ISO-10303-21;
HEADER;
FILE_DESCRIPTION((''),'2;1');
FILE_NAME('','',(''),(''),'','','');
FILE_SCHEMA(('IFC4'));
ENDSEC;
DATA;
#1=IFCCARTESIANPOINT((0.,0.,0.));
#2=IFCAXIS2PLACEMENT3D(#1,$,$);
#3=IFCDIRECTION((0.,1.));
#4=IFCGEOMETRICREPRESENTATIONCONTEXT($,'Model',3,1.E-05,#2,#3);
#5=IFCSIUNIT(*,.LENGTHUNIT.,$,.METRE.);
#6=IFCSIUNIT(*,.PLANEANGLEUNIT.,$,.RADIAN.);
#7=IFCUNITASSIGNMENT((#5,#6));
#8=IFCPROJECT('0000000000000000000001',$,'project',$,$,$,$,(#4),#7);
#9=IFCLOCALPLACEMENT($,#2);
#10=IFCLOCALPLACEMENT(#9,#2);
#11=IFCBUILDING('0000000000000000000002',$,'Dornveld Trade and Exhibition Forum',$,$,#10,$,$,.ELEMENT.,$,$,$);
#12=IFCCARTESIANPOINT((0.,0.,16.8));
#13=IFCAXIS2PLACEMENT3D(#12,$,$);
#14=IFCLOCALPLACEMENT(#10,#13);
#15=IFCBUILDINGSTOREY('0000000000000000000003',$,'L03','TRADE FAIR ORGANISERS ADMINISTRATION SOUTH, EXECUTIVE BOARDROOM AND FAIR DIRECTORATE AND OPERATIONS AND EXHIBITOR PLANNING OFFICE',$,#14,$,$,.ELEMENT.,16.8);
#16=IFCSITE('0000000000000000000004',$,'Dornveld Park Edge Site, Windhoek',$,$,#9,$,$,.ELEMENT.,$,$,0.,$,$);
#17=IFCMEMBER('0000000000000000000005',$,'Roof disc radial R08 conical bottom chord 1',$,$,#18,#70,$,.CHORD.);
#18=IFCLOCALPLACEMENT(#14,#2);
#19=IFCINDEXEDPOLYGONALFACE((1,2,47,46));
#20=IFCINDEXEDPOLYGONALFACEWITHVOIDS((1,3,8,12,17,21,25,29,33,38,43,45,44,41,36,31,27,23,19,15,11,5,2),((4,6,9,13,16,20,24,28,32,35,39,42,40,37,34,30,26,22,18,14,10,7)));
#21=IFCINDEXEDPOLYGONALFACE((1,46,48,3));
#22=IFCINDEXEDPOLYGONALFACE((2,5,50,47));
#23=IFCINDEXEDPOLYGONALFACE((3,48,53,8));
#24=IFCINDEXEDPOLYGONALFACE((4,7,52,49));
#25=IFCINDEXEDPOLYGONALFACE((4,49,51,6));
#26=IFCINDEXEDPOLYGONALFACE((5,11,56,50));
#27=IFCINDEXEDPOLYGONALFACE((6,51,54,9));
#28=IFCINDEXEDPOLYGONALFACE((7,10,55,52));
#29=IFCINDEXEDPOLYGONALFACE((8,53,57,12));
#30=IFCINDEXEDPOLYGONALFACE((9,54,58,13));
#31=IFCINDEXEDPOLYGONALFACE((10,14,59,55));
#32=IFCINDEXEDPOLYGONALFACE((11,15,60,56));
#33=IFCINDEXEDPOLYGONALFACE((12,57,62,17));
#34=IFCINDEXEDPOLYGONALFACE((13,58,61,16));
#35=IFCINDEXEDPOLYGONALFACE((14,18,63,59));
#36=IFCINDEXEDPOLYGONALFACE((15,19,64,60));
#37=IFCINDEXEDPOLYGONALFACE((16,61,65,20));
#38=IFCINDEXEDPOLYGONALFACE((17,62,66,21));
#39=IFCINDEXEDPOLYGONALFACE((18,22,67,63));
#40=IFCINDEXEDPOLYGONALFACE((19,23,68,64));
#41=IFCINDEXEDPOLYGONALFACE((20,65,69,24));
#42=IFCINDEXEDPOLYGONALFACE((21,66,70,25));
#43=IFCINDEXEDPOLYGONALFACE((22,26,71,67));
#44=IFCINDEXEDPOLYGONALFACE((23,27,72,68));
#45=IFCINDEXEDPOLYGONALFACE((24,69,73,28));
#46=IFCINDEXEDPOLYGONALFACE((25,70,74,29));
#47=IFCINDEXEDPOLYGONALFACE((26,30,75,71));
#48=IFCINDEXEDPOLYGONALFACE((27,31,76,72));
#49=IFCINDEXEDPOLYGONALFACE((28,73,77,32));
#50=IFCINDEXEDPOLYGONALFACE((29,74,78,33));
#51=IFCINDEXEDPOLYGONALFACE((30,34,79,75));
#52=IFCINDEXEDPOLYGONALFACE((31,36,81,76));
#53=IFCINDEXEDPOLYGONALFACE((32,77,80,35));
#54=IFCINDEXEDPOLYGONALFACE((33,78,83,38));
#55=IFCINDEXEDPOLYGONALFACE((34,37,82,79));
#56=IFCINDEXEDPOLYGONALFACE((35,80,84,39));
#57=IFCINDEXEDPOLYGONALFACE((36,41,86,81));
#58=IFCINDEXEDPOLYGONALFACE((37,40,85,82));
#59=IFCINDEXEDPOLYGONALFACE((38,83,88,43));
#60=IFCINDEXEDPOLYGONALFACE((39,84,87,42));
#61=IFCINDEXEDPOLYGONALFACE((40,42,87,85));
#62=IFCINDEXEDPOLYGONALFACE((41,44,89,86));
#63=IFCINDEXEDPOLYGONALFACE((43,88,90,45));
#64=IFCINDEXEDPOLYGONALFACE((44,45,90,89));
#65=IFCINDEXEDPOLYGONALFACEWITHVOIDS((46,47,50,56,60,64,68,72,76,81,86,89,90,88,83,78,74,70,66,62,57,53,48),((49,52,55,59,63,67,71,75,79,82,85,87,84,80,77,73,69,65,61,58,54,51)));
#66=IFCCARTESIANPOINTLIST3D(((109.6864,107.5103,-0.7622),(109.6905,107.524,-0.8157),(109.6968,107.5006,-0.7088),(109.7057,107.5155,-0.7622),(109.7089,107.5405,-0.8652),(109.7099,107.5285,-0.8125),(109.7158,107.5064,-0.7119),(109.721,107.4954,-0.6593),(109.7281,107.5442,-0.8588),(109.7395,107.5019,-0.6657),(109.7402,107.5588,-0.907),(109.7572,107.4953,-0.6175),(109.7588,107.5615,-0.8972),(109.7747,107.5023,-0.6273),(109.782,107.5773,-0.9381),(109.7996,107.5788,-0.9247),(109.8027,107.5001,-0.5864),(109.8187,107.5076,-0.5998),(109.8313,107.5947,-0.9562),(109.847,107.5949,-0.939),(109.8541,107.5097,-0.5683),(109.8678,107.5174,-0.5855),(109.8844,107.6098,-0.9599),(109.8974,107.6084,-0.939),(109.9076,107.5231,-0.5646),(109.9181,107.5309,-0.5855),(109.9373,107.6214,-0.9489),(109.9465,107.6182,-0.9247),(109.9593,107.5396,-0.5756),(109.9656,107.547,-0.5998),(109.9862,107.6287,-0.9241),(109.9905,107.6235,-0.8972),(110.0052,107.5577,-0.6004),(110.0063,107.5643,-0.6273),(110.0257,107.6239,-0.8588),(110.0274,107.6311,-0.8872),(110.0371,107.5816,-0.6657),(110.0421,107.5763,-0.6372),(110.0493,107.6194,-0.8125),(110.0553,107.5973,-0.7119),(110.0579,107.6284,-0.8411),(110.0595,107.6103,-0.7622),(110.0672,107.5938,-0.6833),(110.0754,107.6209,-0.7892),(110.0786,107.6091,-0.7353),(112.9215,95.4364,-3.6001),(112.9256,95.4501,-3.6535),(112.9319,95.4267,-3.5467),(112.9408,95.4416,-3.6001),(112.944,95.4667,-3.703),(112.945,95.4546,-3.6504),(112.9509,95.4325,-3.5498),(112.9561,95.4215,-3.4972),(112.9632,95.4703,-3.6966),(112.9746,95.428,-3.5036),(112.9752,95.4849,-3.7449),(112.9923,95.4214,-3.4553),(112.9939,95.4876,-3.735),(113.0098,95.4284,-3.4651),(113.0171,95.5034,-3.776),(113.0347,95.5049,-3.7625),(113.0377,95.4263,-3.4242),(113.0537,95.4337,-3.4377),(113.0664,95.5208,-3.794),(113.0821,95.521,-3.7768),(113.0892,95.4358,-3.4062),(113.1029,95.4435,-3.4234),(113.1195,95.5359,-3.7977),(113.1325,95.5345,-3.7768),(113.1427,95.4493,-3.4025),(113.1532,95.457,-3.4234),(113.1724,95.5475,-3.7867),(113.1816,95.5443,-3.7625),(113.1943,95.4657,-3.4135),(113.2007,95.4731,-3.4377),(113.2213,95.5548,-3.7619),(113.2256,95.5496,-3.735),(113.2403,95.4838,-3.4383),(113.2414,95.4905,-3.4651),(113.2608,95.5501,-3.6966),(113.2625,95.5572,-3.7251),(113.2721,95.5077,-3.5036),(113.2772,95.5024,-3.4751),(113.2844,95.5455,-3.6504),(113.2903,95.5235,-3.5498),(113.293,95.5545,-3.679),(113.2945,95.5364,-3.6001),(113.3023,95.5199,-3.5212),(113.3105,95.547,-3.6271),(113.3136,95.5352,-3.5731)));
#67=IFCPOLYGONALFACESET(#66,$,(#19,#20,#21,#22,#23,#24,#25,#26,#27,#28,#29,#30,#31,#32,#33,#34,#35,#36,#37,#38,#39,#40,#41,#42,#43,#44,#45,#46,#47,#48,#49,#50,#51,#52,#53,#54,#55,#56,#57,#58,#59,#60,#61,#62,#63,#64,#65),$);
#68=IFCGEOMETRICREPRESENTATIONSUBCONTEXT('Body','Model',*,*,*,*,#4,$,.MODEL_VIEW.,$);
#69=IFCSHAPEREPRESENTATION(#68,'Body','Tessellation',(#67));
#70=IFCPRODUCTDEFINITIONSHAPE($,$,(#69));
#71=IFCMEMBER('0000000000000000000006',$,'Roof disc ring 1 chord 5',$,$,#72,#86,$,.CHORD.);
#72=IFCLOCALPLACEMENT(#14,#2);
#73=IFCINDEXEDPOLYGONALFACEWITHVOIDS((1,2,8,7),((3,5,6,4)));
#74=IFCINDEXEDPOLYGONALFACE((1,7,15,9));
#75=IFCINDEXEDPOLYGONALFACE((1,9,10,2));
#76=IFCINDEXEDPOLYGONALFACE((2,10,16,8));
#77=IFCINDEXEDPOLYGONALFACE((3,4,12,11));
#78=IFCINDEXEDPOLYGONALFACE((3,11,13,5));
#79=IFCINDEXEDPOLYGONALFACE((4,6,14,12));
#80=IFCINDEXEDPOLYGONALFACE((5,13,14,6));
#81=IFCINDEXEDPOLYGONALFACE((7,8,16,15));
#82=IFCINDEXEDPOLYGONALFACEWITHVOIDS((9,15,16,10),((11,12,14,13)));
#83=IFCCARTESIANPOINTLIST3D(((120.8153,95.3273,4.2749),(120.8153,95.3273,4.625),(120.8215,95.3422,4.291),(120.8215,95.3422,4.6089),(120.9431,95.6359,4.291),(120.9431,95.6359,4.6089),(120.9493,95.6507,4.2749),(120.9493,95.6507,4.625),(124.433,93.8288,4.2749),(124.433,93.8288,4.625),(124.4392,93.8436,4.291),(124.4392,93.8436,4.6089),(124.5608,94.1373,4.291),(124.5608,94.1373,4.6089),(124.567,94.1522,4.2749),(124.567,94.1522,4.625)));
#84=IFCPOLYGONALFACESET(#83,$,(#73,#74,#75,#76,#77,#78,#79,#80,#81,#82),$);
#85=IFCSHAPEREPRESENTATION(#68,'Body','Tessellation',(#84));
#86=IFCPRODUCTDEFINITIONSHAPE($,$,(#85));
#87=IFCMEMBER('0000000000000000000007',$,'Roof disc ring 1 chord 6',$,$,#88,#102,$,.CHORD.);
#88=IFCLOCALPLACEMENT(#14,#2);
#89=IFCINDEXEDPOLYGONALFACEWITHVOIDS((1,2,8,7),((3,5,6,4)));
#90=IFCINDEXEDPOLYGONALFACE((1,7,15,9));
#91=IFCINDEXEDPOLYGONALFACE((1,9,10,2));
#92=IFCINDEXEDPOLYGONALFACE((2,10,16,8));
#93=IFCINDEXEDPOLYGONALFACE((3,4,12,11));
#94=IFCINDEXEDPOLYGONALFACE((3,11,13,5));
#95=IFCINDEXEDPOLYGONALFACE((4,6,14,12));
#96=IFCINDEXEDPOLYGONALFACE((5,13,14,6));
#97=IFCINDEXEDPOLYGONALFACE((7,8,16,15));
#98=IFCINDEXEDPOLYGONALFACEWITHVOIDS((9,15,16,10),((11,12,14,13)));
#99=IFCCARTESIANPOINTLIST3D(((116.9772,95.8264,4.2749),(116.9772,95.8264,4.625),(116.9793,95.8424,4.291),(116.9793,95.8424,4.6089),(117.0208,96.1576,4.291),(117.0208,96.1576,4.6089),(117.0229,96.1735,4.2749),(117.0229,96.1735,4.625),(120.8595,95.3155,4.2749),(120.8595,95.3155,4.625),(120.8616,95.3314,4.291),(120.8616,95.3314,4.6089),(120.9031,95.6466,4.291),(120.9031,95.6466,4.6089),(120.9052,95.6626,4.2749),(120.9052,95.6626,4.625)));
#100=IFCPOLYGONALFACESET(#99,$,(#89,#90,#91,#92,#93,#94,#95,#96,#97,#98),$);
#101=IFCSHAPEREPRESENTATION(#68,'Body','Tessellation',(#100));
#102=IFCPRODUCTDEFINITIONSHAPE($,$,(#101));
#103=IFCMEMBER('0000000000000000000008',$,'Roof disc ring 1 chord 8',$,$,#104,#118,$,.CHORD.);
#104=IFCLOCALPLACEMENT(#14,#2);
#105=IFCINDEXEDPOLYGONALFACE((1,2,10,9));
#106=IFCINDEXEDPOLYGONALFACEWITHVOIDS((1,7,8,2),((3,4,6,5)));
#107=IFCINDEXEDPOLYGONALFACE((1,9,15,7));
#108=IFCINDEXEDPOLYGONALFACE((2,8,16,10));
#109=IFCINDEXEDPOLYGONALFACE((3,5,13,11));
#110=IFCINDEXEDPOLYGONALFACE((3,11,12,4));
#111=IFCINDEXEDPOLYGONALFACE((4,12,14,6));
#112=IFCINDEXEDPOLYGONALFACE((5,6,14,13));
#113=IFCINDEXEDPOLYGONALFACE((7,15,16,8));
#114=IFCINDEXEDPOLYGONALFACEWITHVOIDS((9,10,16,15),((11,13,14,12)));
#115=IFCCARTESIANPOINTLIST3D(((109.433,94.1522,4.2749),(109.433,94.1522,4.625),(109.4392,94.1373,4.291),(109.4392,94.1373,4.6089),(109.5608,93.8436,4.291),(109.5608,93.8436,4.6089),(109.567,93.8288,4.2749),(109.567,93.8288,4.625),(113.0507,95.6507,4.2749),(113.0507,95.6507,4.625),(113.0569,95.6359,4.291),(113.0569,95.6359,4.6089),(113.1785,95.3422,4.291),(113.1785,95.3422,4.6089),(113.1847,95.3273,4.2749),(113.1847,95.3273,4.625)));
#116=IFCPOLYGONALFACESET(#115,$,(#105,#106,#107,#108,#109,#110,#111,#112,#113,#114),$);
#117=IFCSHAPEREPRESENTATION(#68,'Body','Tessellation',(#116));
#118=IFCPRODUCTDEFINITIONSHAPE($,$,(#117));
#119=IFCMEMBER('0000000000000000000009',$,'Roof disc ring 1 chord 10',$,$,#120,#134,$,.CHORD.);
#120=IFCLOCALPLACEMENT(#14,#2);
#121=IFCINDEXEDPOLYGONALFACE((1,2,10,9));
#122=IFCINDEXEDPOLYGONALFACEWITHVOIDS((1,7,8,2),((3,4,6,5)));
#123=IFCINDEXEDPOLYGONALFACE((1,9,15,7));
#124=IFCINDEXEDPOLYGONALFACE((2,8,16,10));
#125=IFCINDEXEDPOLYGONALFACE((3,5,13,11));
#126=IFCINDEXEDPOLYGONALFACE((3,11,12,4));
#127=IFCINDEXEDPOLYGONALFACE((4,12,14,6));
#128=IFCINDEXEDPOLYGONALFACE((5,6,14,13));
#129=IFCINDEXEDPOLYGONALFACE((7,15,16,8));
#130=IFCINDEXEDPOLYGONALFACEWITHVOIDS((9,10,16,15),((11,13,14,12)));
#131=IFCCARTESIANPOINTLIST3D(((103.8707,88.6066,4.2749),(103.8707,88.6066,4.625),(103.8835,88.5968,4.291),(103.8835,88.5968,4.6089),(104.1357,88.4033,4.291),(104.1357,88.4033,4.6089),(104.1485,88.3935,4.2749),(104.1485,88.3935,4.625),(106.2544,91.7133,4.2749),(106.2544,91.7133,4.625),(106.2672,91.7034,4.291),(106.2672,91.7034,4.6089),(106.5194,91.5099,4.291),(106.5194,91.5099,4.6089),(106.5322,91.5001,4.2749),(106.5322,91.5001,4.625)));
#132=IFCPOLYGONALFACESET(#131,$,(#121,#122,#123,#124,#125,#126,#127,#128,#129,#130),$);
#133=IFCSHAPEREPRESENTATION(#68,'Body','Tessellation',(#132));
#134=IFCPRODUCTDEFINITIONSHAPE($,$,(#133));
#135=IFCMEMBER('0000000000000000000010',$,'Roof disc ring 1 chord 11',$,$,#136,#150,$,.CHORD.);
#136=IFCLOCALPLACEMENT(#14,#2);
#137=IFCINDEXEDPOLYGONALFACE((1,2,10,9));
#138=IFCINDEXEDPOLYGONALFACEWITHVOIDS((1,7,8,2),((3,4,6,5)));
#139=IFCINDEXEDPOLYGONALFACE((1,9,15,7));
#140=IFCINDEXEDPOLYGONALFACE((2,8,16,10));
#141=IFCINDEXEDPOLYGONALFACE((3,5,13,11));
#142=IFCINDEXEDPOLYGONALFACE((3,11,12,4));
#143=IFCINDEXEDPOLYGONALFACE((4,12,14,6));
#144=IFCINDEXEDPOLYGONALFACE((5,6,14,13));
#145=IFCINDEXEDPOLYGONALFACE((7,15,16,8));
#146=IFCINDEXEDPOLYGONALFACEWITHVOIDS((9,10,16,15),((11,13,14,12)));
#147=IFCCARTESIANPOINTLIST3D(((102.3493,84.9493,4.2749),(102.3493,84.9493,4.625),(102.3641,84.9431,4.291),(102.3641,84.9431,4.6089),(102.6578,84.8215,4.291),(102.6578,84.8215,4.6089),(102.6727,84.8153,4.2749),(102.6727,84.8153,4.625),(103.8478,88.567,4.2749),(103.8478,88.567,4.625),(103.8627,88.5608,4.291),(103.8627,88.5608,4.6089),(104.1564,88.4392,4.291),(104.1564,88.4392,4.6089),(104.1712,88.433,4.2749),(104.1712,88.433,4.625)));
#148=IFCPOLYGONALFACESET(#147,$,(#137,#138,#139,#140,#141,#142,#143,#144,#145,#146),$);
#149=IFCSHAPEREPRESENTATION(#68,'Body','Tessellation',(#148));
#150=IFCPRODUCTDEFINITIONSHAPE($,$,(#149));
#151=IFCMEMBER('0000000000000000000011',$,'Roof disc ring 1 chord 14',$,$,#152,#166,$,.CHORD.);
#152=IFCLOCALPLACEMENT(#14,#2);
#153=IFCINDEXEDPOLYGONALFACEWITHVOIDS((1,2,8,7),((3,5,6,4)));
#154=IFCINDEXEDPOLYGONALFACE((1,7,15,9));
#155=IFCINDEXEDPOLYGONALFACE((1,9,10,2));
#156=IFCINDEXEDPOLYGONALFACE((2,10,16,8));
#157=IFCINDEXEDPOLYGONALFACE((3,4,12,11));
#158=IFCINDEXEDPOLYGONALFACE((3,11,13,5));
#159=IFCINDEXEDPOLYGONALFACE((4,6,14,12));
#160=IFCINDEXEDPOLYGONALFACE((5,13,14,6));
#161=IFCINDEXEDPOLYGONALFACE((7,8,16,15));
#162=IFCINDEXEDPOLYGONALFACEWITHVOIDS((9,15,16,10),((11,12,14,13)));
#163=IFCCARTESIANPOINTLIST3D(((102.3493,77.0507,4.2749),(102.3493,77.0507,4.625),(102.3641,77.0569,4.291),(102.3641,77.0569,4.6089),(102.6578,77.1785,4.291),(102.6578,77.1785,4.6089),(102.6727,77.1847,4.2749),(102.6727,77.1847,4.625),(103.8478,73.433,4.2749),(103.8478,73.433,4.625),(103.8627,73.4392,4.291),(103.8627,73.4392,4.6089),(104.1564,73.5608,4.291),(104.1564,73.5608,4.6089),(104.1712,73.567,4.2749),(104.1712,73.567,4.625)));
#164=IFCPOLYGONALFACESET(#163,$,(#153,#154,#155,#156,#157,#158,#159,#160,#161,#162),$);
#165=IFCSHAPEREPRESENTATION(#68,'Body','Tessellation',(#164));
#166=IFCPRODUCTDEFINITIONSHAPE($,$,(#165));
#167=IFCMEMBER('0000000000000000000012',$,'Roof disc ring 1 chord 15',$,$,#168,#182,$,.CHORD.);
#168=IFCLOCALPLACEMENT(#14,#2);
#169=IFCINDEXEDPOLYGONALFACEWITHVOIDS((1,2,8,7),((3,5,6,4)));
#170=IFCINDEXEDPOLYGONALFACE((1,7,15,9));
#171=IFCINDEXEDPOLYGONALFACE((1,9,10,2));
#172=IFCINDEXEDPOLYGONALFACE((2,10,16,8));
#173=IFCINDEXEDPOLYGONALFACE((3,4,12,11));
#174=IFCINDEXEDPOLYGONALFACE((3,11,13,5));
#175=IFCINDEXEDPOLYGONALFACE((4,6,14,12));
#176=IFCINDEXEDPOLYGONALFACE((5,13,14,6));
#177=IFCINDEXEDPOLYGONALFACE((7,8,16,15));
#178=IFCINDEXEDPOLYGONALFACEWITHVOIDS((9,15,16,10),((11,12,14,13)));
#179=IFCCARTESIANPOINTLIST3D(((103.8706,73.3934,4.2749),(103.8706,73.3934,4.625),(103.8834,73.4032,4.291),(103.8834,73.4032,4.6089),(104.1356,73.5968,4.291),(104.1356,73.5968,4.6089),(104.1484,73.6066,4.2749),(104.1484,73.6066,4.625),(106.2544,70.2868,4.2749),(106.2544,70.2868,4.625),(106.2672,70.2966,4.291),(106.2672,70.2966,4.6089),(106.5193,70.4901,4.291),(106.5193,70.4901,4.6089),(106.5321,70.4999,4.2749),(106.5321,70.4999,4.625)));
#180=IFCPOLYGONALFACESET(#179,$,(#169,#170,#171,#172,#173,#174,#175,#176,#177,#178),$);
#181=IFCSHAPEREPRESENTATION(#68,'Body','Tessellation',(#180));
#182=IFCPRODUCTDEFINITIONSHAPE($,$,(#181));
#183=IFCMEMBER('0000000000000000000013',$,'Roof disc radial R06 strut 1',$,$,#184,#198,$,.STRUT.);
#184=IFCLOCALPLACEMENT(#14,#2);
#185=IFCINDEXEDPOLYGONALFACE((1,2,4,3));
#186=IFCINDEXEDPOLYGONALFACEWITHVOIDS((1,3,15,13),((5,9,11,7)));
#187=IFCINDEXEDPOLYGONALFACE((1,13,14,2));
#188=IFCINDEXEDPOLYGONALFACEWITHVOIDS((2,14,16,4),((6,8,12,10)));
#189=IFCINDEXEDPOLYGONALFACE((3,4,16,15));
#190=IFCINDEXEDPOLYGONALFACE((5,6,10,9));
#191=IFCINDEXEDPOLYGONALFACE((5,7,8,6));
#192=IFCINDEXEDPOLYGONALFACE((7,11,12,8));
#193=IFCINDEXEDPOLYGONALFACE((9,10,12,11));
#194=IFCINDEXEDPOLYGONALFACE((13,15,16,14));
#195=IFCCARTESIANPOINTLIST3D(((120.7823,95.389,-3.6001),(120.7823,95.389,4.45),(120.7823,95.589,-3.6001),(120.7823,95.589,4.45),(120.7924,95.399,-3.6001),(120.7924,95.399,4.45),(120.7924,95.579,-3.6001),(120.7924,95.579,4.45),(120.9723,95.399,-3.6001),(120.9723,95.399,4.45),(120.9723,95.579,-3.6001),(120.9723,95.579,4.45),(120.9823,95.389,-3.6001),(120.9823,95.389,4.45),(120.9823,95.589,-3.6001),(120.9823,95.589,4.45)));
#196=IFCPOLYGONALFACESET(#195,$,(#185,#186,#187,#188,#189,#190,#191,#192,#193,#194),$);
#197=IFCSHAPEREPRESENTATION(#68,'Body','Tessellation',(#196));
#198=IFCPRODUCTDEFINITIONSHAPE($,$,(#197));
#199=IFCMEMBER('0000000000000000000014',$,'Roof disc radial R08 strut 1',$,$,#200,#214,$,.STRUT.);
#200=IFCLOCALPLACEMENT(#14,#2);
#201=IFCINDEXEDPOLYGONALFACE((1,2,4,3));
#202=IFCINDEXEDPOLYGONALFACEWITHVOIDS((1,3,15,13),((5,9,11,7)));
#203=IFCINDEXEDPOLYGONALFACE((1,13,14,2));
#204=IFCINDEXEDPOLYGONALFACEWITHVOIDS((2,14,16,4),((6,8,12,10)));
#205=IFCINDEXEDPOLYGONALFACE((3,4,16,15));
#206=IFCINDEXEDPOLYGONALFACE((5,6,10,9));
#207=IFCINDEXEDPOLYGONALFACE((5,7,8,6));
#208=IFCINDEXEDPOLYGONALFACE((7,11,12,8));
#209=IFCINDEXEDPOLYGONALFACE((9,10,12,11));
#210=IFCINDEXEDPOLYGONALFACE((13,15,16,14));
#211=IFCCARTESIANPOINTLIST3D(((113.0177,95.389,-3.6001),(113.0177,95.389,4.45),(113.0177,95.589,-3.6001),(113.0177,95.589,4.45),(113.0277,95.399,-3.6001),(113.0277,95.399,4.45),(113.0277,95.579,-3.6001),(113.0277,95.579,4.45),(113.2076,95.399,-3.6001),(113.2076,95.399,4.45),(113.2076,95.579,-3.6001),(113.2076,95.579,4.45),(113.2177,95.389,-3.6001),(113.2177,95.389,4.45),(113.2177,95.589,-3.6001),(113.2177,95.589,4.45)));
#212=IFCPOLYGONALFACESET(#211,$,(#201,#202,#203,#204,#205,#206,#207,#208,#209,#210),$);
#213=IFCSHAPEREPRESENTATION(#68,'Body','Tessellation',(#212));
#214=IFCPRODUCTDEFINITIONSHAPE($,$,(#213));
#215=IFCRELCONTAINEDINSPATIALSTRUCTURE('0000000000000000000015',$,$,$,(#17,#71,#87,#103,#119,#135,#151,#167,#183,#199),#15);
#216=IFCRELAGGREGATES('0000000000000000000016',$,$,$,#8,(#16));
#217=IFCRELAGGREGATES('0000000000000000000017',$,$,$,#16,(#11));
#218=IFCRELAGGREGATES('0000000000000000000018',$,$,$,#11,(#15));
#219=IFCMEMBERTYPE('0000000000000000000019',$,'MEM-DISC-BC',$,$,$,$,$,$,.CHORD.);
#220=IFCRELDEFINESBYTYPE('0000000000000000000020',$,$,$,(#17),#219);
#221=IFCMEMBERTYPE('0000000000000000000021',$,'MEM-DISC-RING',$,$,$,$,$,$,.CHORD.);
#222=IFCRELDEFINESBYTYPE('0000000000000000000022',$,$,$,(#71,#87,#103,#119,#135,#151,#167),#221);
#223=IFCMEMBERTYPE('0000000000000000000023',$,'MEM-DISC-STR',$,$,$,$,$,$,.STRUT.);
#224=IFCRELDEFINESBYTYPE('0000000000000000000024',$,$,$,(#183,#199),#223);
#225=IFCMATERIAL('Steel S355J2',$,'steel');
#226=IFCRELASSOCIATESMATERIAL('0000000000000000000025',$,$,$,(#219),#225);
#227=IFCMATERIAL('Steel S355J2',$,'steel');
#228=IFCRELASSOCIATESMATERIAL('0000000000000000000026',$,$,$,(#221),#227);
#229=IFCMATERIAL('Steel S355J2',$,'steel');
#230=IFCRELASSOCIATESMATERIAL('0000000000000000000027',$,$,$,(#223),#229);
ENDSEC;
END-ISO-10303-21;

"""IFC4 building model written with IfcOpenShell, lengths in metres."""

from ifc_helpers import new_model, si_unit, direction, frame, origin, origin_2d, place, context, subcontext, project, spatial, hollow_rectangle, hollow_circle, extrude, material, material_profile, profile_set, type_object, element, save


model = new_model("IFC4")

# Units and contexts
model_context = context("Model", 3, precision=1e-05, world=origin(), true_north=direction((0.0, 1.0)))
body_context = subcontext(model_context, "Body", "Model", "MODEL_VIEW")
ifc_project = project(units=[si_unit("LENGTHUNIT", "METRE"), si_unit("PLANEANGLEUNIT", "RADIAN")], contexts=[model_context])

# Site, building, storey
site_placement = place(None, origin())
site = spatial("IfcSite", under=ifc_project, at=site_placement, Name="Dornveld Park Edge Site, Windhoek", CompositionType="ELEMENT", RefElevation=0.0)
building_placement = place(site_placement, origin())
building = spatial("IfcBuilding", under=site, at=building_placement, Name="Dornveld Trade and Exhibition Forum", CompositionType="ELEMENT")
storey_placement = place(building_placement, frame((0.0, 0.0, 16.8)))
storey = spatial("IfcBuildingStorey", under=building, at=storey_placement, Name="L03", Description="TRADE FAIR ORGANISERS ADMINISTRATION SOUTH, EXECUTIVE BOARDROOM AND FAIR DIRECTORATE AND OPERATIONS AND EXHIBITOR PLANNING OFFICE", CompositionType="ELEMENT", Elevation=16.8)

# Members
ifc_material_1 = material(Name="Steel S355J2", Category="steel")
ifc_material_profile_1 = material_profile(ifc_material_1, hollow_circle(Radius=0.2031, WallThickness=0.02, at=origin_2d()), Name="CHS 406.4x20")
ifc_profile_set_1 = profile_set([ifc_material_profile_1], Name="Steel S355J2")
member_type_1 = type_object("IfcMemberType", Name="MEM-DISC-BC", PredefinedType="CHORD", material=ifc_profile_set_1)
for number, where, z_axis, x_axis, name in (
    (1, (113.1177, 95.489, -3.6001), (-0.252388, 0.941957, 0.221399), (-0.965928, -0.258811, 0.0), "Roof disc radial R08 conical bottom chord 1"),
):
    element("IfcMember", number, at=place(storey_placement, frame(where, z_axis=z_axis, x_axis=x_axis)), inside=storey, type_object=member_type_1, Name=name, PredefinedType="CHORD", context=body_context, shape_type="SweptSolid", body=[
        extrude(hollow_circle(Radius=0.2031, WallThickness=0.02, at=origin_2d()), origin(), (0.0, 0.0, 1.0), 12.8179),
    ])
ifc_material_2 = material(Name="Steel S355J2", Category="steel")
ifc_material_profile_2 = material_profile(ifc_material_2, hollow_rectangle(XDim=0.3501, YDim=0.3501, WallThickness=0.0161, at=origin_2d()), Name="SHS 350x350x16")
ifc_profile_set_2 = profile_set([ifc_material_profile_2], Name="Steel S355J2")
member_type_2 = type_object("IfcMemberType", Name="MEM-DISC-RING", PredefinedType="CHORD", material=ifc_profile_set_2)
for number, where, z_axis, x_axis, name in (
    (2, (124.5, 93.9905, 4.45), (-0.923875, 0.382693, 0.0), (-0.382693, -0.923875, 0.0), "Roof disc ring 1 chord 5"),
    (3, (120.8823, 95.489, 4.45), (-0.991449, 0.130493, 0.0), (-0.130493, -0.991449, 0.0), "Roof disc ring 1 chord 6"),
    (4, (113.1177, 95.489, 4.45), (-0.923875, -0.382693, 0.0), (0.382693, -0.923875, 0.0), "Roof disc ring 1 chord 8"),
    (5, (106.3933, 91.6067, 4.45), (-0.608752, -0.79336, 0.0), (0.79336, -0.608752, 0.0), "Roof disc ring 1 chord 10"),
    (6, (104.0095, 88.5, 4.45), (-0.382693, -0.923875, 0.0), (0.923875, -0.382693, 0.0), "Roof disc ring 1 chord 11"),
    (7, (102.511, 77.1177, 4.45), (0.382693, -0.923875, 0.0), (0.923875, 0.382693, 0.0), "Roof disc ring 1 chord 14"),
    (8, (104.0095, 73.5, 4.45), (0.608752, -0.79336, 0.0), (0.79336, 0.608752, 0.0), "Roof disc ring 1 chord 15"),
):
    element("IfcMember", number, at=place(storey_placement, frame(where, z_axis=z_axis, x_axis=x_axis)), inside=storey, type_object=member_type_2, Name=name, PredefinedType="CHORD", context=body_context, shape_type="SweptSolid", body=[
        extrude(hollow_rectangle(XDim=0.3501, YDim=0.3501, WallThickness=0.0161, at=origin_2d()), origin(), (0.0, 0.0, 1.0), 3.9158),
    ])
ifc_material_3 = material(Name="Steel S355J2", Category="steel")
ifc_material_profile_3 = material_profile(ifc_material_3, hollow_rectangle(XDim=0.2, YDim=0.2, WallThickness=0.01, at=origin_2d()), Name="SHS 200x200x10")
ifc_profile_set_3 = profile_set([ifc_material_profile_3], Name="Steel S355J2")
member_type_3 = type_object("IfcMemberType", Name="MEM-DISC-STR", PredefinedType="STRUT", material=ifc_profile_set_3)
for number, where, z_axis, x_axis, name in (
    (9, (120.8823, 95.489, -3.6001), (0.0, 0.0, 1.0), (1.0, 0.0, 0.0), "Roof disc radial R06 strut 1"),
    (10, (113.1177, 95.489, -3.6001), (0.0, 0.0, 1.0), (1.0, 0.0, 0.0), "Roof disc radial R08 strut 1"),
):
    element("IfcMember", number, at=place(storey_placement, frame(where, z_axis=z_axis, x_axis=x_axis)), inside=storey, type_object=member_type_3, Name=name, PredefinedType="STRUT", context=body_context, shape_type="SweptSolid", body=[
        extrude(hollow_rectangle(XDim=0.2, YDim=0.2, WallThickness=0.01, at=origin_2d()), origin(), (0.0, 0.0, 1.0), 8.05),
    ])

save(model, "model.ifc")
